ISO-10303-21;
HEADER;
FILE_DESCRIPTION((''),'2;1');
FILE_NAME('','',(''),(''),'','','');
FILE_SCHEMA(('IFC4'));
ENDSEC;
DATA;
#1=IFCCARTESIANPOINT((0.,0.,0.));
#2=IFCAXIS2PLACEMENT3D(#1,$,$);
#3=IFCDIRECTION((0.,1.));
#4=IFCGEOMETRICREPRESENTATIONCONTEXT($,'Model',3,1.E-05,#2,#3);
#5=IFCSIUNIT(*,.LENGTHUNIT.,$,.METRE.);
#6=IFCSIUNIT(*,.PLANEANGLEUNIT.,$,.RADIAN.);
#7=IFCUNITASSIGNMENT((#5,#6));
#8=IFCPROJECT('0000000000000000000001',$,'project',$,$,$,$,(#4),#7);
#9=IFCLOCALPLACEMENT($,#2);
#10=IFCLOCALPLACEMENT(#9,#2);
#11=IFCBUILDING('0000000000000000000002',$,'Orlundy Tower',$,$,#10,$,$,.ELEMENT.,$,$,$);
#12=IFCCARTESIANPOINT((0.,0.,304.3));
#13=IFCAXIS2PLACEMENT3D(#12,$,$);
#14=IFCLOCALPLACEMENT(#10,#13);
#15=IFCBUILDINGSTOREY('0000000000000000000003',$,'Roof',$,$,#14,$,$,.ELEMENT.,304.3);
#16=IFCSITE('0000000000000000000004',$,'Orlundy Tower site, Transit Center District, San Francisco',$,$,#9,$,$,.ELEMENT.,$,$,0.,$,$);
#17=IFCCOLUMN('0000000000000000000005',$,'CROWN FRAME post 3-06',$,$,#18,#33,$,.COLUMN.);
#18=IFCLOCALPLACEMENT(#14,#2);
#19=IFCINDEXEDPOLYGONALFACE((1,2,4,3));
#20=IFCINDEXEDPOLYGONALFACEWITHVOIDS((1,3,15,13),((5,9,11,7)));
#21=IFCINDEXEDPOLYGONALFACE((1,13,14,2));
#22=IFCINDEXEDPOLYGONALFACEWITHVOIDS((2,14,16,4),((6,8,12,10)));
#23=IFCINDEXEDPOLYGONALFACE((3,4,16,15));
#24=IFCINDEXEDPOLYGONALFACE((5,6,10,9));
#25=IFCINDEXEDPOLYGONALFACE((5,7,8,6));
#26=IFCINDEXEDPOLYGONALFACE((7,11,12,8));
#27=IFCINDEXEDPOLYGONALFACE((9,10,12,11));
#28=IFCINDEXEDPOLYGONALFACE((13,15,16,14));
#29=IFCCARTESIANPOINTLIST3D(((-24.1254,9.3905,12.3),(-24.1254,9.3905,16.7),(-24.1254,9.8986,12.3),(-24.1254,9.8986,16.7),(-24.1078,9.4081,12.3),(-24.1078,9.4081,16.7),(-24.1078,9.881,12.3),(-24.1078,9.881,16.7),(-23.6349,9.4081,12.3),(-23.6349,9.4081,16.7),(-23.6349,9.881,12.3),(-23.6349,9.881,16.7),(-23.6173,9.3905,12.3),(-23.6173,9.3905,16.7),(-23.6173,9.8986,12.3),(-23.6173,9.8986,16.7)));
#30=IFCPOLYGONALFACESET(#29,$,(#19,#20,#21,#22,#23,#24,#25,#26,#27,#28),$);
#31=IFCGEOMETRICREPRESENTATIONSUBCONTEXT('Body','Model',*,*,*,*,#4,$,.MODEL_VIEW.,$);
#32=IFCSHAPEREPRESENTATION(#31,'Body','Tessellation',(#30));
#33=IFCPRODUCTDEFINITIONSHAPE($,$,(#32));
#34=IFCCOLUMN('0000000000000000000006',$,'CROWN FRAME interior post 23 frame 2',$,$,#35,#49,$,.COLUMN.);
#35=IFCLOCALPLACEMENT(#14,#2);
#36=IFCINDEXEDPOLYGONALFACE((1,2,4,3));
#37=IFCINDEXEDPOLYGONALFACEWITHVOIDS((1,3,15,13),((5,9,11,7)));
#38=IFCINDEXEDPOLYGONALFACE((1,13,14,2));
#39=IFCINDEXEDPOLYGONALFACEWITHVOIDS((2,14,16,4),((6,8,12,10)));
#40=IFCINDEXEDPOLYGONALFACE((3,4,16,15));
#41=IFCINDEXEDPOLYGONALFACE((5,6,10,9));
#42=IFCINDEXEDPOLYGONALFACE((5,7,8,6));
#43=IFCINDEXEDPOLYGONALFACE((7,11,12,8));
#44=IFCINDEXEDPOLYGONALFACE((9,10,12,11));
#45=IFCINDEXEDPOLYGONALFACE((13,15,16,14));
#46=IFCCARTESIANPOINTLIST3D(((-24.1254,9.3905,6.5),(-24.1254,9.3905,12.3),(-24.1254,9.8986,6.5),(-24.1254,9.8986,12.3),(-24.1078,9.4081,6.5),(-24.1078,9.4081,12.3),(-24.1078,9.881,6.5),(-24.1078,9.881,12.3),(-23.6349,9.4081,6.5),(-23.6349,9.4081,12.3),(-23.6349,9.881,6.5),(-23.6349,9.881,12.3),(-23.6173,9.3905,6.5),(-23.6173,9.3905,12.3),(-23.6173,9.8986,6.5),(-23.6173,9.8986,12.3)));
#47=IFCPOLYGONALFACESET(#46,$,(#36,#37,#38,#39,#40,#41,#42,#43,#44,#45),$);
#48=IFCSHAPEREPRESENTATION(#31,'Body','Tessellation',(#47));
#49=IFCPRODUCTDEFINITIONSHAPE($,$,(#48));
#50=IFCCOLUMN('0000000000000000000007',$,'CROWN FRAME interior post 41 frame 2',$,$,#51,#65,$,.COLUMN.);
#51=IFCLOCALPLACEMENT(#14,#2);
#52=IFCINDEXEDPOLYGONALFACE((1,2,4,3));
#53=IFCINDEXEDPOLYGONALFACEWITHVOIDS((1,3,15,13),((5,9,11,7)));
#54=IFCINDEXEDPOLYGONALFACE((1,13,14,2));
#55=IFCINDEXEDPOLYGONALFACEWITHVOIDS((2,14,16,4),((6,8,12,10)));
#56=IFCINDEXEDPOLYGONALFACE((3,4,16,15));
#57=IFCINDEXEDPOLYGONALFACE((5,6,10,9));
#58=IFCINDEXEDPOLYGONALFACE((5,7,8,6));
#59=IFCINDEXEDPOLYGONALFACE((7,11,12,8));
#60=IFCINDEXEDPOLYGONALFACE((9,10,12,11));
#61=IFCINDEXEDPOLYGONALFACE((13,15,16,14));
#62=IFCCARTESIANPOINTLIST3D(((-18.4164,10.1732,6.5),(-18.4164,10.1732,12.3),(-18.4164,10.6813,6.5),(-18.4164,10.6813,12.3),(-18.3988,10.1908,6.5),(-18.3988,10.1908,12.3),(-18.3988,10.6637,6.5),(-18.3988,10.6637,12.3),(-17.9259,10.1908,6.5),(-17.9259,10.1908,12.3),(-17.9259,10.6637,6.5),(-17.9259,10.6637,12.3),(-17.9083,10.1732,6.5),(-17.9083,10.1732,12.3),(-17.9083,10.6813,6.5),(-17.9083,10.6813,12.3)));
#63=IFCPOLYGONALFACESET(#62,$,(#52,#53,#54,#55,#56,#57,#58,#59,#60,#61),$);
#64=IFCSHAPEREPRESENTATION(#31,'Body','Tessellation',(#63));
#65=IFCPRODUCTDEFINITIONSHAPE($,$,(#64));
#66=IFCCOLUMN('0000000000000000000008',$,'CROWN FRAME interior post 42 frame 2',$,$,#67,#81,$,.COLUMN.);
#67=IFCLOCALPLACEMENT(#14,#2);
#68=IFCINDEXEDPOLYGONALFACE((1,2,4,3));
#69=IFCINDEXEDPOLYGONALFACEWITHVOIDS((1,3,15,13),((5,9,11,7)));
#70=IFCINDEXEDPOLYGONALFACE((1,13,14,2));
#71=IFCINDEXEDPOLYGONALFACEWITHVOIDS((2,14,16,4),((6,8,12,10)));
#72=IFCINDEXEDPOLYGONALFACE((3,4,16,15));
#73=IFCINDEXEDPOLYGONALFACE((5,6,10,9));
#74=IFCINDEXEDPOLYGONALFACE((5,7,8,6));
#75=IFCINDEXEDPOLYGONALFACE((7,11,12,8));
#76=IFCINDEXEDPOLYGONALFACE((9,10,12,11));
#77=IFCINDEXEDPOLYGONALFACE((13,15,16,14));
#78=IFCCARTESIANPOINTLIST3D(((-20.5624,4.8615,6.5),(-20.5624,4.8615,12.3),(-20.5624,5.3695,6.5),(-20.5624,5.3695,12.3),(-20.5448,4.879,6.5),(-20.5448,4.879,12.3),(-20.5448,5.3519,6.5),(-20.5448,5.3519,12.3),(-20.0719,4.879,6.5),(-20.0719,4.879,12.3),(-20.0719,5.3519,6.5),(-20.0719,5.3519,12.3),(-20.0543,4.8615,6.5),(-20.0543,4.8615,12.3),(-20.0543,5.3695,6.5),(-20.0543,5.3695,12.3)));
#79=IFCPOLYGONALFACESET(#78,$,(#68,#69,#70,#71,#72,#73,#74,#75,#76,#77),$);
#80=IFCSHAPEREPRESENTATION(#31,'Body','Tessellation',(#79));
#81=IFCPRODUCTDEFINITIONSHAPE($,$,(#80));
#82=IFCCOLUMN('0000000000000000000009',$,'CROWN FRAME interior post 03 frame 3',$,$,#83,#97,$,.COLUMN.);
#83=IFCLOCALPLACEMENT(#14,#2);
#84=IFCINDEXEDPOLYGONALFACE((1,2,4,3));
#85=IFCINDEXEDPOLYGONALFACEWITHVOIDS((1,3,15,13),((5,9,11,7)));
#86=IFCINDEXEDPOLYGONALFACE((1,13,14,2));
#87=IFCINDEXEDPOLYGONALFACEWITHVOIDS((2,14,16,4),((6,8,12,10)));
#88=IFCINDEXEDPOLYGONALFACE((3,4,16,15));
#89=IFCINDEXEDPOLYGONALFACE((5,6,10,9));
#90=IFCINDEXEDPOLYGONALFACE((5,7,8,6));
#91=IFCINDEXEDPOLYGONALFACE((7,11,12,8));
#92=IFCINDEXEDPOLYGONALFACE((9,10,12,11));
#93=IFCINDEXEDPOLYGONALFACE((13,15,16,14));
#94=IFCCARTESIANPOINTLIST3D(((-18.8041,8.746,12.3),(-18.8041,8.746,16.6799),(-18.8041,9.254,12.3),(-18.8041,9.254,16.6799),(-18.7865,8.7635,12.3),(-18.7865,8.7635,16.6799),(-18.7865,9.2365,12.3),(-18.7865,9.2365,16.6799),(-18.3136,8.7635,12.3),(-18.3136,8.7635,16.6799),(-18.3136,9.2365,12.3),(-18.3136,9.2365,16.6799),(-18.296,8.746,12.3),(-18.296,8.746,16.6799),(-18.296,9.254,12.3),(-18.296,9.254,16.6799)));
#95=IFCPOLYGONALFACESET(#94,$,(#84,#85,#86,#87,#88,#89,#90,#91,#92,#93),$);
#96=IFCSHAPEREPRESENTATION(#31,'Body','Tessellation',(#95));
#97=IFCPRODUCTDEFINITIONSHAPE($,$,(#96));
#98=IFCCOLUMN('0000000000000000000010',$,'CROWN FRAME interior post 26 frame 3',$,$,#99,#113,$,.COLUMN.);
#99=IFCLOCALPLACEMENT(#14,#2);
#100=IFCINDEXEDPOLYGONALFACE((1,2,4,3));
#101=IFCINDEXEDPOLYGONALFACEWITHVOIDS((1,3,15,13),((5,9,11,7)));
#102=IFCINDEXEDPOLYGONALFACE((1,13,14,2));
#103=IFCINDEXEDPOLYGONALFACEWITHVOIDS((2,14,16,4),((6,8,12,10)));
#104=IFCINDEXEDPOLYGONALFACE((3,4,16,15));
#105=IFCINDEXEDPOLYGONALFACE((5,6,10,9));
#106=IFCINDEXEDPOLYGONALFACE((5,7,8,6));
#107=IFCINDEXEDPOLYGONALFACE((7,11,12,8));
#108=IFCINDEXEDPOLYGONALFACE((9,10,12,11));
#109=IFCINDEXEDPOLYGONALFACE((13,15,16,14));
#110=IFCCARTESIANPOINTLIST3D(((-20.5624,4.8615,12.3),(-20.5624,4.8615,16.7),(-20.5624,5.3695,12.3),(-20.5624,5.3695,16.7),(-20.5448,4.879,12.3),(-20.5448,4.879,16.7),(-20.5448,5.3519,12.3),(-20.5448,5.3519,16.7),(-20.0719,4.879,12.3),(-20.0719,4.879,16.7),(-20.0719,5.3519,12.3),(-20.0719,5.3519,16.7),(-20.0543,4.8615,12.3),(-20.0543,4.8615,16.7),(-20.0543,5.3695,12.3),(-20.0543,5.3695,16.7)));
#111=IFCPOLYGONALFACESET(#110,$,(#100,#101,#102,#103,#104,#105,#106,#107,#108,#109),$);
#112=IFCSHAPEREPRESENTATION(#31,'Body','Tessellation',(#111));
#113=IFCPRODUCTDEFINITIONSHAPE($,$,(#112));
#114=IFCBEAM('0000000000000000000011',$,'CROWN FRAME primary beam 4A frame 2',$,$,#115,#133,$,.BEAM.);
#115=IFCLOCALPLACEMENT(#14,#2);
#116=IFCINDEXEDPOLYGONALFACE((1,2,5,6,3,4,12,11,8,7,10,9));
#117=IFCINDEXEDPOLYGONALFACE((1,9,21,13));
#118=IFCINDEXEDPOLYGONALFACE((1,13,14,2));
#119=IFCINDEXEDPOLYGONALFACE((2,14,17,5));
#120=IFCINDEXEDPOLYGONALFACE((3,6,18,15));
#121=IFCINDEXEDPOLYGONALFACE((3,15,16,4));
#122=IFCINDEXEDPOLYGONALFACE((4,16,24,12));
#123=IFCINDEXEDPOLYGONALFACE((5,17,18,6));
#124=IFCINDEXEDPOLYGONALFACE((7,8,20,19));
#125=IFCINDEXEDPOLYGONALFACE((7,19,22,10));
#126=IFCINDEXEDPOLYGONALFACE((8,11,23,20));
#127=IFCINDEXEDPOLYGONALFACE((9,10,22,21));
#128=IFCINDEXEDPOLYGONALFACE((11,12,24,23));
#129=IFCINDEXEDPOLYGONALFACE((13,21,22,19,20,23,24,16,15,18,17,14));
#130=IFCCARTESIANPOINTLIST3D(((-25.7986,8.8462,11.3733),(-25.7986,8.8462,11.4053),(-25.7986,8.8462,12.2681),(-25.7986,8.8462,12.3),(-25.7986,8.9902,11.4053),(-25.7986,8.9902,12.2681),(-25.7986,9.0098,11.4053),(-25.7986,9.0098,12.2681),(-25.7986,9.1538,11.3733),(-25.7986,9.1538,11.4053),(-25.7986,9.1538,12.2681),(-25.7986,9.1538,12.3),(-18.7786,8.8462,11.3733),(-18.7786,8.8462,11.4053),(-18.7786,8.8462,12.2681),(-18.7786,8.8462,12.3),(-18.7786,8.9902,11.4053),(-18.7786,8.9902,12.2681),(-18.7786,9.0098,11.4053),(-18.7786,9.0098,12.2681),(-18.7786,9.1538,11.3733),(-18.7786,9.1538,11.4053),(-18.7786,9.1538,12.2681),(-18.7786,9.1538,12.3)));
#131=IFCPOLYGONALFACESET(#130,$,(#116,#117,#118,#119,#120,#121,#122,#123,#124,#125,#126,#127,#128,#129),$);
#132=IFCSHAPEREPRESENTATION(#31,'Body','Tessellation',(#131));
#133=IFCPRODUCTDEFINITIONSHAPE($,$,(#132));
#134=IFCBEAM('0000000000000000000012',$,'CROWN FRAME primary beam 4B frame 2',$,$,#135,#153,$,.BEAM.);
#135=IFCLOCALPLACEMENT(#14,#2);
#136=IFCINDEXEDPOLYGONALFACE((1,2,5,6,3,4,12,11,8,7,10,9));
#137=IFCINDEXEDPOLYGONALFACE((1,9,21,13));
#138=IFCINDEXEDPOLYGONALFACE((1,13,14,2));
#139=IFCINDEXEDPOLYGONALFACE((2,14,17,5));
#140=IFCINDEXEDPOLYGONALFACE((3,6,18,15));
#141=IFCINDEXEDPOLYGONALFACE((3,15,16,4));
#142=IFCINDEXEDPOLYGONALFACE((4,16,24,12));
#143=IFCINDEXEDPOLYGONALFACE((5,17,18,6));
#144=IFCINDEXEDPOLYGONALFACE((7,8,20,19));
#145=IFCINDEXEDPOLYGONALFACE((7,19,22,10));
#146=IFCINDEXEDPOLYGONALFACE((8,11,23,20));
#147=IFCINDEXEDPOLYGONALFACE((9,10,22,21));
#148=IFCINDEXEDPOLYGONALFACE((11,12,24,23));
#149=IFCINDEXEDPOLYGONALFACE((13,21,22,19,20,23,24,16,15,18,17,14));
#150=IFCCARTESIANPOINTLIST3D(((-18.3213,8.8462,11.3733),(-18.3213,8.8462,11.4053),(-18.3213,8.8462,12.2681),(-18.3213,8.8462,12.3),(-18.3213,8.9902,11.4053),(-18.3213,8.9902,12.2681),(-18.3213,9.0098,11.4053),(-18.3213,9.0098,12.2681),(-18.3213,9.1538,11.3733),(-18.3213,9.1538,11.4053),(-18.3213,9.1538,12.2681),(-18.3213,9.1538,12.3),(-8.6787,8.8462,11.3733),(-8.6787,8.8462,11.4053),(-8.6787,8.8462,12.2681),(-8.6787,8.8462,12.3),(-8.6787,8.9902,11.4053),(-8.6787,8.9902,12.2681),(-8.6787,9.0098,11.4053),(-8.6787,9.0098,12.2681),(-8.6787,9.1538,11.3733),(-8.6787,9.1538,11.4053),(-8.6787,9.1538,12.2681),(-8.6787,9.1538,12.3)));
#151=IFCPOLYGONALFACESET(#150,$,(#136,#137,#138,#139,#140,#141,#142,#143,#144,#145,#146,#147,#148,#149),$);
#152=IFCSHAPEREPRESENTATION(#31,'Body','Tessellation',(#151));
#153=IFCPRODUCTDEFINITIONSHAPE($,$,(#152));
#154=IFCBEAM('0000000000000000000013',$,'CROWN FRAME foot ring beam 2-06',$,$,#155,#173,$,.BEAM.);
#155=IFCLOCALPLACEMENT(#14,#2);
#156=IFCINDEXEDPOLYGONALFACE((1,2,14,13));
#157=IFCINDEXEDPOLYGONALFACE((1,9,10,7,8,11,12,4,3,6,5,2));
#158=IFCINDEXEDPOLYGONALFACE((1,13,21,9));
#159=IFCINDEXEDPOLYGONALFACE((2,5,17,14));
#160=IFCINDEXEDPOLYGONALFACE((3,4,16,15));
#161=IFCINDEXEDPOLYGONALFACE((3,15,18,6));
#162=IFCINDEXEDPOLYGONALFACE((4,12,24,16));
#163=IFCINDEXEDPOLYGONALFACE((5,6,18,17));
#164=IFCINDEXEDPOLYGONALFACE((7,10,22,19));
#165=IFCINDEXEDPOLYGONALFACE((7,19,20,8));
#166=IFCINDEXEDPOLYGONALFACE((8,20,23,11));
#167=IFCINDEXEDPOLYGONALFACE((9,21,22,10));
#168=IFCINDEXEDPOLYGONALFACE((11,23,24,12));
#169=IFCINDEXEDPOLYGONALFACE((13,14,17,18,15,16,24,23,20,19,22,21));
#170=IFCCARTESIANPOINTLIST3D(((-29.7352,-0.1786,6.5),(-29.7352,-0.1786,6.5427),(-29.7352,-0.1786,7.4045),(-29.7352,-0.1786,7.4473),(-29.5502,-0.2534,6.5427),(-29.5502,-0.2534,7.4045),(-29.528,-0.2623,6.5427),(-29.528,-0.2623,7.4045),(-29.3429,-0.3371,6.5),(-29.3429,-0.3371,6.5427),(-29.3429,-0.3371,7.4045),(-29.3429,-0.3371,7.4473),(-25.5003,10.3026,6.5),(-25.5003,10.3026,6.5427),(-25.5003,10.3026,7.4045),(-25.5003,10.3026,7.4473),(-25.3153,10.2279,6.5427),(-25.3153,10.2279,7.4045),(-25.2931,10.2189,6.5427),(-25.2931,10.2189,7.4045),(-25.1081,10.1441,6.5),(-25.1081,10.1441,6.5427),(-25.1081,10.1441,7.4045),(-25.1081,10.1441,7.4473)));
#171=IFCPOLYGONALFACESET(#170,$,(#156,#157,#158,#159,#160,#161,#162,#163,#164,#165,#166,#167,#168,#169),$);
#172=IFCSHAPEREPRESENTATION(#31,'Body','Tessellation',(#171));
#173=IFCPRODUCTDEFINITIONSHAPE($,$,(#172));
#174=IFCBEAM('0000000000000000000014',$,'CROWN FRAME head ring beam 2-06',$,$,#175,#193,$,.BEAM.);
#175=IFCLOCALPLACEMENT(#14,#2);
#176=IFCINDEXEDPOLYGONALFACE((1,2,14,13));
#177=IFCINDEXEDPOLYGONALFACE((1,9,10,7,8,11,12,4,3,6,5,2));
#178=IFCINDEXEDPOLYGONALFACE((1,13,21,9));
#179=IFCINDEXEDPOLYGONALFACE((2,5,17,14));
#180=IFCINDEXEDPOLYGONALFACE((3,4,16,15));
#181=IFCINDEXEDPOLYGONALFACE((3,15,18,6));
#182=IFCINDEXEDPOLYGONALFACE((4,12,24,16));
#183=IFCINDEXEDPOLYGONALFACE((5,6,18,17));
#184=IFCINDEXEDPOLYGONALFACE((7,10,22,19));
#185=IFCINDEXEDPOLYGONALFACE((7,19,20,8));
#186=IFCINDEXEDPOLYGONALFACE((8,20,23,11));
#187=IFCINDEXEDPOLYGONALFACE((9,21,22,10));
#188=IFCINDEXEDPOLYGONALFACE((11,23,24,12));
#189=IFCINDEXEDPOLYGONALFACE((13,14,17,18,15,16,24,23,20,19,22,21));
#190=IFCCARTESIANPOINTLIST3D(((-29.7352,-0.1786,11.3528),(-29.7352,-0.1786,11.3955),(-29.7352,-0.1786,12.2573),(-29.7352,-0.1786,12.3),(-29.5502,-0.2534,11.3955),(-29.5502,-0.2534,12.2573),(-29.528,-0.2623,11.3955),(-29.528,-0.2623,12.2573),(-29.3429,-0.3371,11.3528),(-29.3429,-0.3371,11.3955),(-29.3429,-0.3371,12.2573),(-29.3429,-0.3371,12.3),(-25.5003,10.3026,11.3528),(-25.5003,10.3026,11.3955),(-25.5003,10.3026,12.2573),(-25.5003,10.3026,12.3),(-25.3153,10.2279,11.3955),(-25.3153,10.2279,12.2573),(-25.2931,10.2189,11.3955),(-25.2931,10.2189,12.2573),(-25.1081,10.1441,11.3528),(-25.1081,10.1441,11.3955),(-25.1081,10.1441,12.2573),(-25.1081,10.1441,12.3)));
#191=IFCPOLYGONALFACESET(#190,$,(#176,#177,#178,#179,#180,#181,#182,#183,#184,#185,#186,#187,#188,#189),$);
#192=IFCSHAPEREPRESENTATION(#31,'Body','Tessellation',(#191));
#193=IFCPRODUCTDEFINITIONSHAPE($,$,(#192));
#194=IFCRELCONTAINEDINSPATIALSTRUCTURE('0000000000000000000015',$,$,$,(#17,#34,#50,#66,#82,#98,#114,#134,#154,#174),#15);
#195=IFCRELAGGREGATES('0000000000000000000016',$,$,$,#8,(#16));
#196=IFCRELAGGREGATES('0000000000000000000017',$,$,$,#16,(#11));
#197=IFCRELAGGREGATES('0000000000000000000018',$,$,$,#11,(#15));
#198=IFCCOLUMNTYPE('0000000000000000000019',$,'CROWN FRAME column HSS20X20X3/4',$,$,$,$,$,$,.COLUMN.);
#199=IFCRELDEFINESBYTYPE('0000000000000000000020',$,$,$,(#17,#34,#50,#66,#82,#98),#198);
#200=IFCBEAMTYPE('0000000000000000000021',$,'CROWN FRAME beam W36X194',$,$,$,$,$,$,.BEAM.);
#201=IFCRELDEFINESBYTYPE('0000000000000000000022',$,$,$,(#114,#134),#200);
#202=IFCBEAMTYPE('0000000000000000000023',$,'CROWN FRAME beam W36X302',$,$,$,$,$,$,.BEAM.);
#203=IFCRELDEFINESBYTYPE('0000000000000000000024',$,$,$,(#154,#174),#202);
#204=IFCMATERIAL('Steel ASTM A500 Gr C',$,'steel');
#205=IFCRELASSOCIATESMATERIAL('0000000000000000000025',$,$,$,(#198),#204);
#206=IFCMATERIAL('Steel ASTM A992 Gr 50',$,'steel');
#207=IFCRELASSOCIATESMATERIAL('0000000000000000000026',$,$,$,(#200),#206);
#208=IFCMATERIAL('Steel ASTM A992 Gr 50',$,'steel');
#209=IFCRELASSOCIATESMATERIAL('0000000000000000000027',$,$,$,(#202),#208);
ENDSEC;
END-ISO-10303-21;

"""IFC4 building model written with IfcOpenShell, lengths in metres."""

from ifc_helpers import new_model, si_unit, direction, frame, origin, origin_2d, place, context, subcontext, project, spatial, hollow_rectangle, i_section, extrude, material, material_profile, profile_set, type_object, element, save


model = new_model("IFC4")

# Units and contexts
model_context = context("Model", 3, precision=1e-05, world=origin(), true_north=direction((0.0, 1.0)))
body_context = subcontext(model_context, "Body", "Model", "MODEL_VIEW")
ifc_project = project(units=[si_unit("LENGTHUNIT", "METRE"), si_unit("PLANEANGLEUNIT", "RADIAN")], contexts=[model_context])

# Site, building, storey
site_placement = place(None, origin())
site = spatial("IfcSite", under=ifc_project, at=site_placement, Name="Orlundy Tower site, Transit Center District, San Francisco", CompositionType="ELEMENT", RefElevation=0.0)
building_placement = place(site_placement, origin())
building = spatial("IfcBuilding", under=site, at=building_placement, Name="Orlundy Tower", CompositionType="ELEMENT")
storey_placement = place(building_placement, frame((0.0, 0.0, 304.3)))
storey = spatial("IfcBuildingStorey", under=building, at=storey_placement, Name="Roof", CompositionType="ELEMENT", Elevation=304.3)

# Columns
ifc_material_1 = material(Name="Steel ASTM A500 Gr C", Category="steel")
ifc_material_profile_1 = material_profile(ifc_material_1, hollow_rectangle(XDim=0.5081, YDim=0.5081, WallThickness=0.0176, at=origin_2d()), Name="HSS20X20X3/4")
ifc_profile_set_1 = profile_set([ifc_material_profile_1], Name="Steel ASTM A500 Gr C")
column_type = type_object("IfcColumnType", Name="CROWN FRAME column HSS20X20X3/4", PredefinedType="COLUMN", material=ifc_profile_set_1)
column_1_placement = place(storey_placement, frame((-23.8713, 9.6445, 12.3), z_axis=(0.0, 0.0, 1.0), x_axis=(1.0, 0.0, 0.0)))
element("IfcColumn", 1, at=column_1_placement, inside=storey, type_object=column_type, Name="CROWN FRAME post 3-06", PredefinedType="COLUMN", context=body_context, shape_type="SweptSolid", body=[
    extrude(hollow_rectangle(XDim=0.5081, YDim=0.5081, WallThickness=0.0176, at=origin_2d()), origin(), (0.0, 0.0, 1.0), 4.3999),
])
for number, where, z_axis, x_axis, name in (
    (2, (-23.8713, 9.6445, 6.5), (0.0, 0.0, 1.0), (1.0, 0.0, 0.0), "CROWN FRAME interior post 23 frame 2"),
    (3, (-18.1624, 10.4272, 6.5), (0.0, 0.0, 1.0), (1.0, 0.0, 0.0), "CROWN FRAME interior post 41 frame 2"),
    (4, (-20.3083, 5.1155, 6.5), (0.0, 0.0, 1.0), (1.0, 0.0, 0.0), "CROWN FRAME interior post 42 frame 2"),
):
    element("IfcColumn", number, at=place(storey_placement, frame(where, z_axis=z_axis, x_axis=x_axis)), inside=storey, type_object=column_type, Name=name, PredefinedType="COLUMN", context=body_context, shape_type="SweptSolid", body=[
        extrude(hollow_rectangle(XDim=0.5081, YDim=0.5081, WallThickness=0.0176, at=origin_2d()), origin(), (0.0, 0.0, 1.0), 5.8),
    ])
column_2_placement = place(storey_placement, frame((-18.55, 9.0, 12.3), z_axis=(0.0, 0.0, 1.0), x_axis=(1.0, 0.0, 0.0)))
element("IfcColumn", 5, at=column_2_placement, inside=storey, type_object=column_type, Name="CROWN FRAME interior post 03 frame 3", PredefinedType="COLUMN", context=body_context, shape_type="SweptSolid", body=[
    extrude(hollow_rectangle(XDim=0.5081, YDim=0.5081, WallThickness=0.0176, at=origin_2d()), origin(), (0.0, 0.0, 1.0), 4.3799),
])
column_3_placement = place(storey_placement, frame((-20.3083, 5.1155, 12.3), z_axis=(0.0, 0.0, 1.0), x_axis=(1.0, 0.0, 0.0)))
element("IfcColumn", 6, at=column_3_placement, inside=storey, type_object=column_type, Name="CROWN FRAME interior post 26 frame 3", PredefinedType="COLUMN", context=body_context, shape_type="SweptSolid", body=[
    extrude(hollow_rectangle(XDim=0.5081, YDim=0.5081, WallThickness=0.0176, at=origin_2d()), origin(), (0.0, 0.0, 1.0), 4.3999),
])

# Beams
ifc_material_2 = material(Name="Steel ASTM A992 Gr 50", Category="steel")
ifc_material_profile_2 = material_profile(ifc_material_2, i_section(OverallWidth=0.3076, OverallDepth=0.9268, WebThickness=0.0195, FlangeThickness=0.032, at=origin_2d()), Name="W36X194")
ifc_profile_set_2 = profile_set([ifc_material_profile_2], Name="Steel ASTM A992 Gr 50")
beam_type_1 = type_object("IfcBeamType", Name="CROWN FRAME beam W36X194", PredefinedType="BEAM", material=ifc_profile_set_2)
beam_1_placement = place(storey_placement, frame((-25.7986, 9.0, 11.8367), z_axis=(1.0, 0.0, 0.0), x_axis=(0.0, 1.0, 0.0)))
element("IfcBeam", 7, at=beam_1_placement, inside=storey, type_object=beam_type_1, Name="CROWN FRAME primary beam 4A frame 2", PredefinedType="BEAM", context=body_context, shape_type="SweptSolid", body=[
    extrude(i_section(OverallWidth=0.3076, OverallDepth=0.9268, WebThickness=0.0195, FlangeThickness=0.032, at=origin_2d()), origin(), (0.0, 0.0, 1.0), 7.02),
])
beam_2_placement = place(storey_placement, frame((-18.3213, 9.0, 11.8367), z_axis=(1.0, 0.0, 0.0), x_axis=(0.0, 1.0, 0.0)))
element("IfcBeam", 8, at=beam_2_placement, inside=storey, type_object=beam_type_1, Name="CROWN FRAME primary beam 4B frame 2", PredefinedType="BEAM", context=body_context, shape_type="SweptSolid", body=[
    extrude(i_section(OverallWidth=0.3076, OverallDepth=0.9268, WebThickness=0.0195, FlangeThickness=0.032, at=origin_2d()), origin(), (0.0, 0.0, 1.0), 9.6426),
])
ifc_material_3 = material(Name="Steel ASTM A992 Gr 50", Category="steel")
ifc_material_profile_3 = material_profile(ifc_material_3, i_section(OverallWidth=0.4231, OverallDepth=0.9473, WebThickness=0.0239, FlangeThickness=0.0427, at=origin_2d()), Name="W36X302")
ifc_profile_set_3 = profile_set([ifc_material_profile_3], Name="Steel ASTM A992 Gr 50")
beam_type_2 = type_object("IfcBeamType", Name="CROWN FRAME beam W36X302", PredefinedType="BEAM", material=ifc_profile_set_3)
for number, where, z_axis, x_axis, name in (
    (9, (-25.3042, 10.2234, 6.9736), (-0.374621, -0.927178, 0.0), (0.927178, -0.374621, 0.0), "CROWN FRAME foot ring beam 2-06"),
    (10, (-25.3042, 10.2234, 11.8264), (-0.374621, -0.927178, 0.0), (0.927178, -0.374621, 0.0), "CROWN FRAME head ring beam 2-06"),
):
    element("IfcBeam", number, at=place(storey_placement, frame(where, z_axis=z_axis, x_axis=x_axis)), inside=storey, type_object=beam_type_2, Name=name, PredefinedType="BEAM", context=body_context, shape_type="SweptSolid", body=[
        extrude(i_section(OverallWidth=0.4231, OverallDepth=0.9473, WebThickness=0.0239, FlangeThickness=0.0427, at=origin_2d()), origin(), (0.0, 0.0, 1.0), 11.3044),
    ])

save(model, "model.ifc")
